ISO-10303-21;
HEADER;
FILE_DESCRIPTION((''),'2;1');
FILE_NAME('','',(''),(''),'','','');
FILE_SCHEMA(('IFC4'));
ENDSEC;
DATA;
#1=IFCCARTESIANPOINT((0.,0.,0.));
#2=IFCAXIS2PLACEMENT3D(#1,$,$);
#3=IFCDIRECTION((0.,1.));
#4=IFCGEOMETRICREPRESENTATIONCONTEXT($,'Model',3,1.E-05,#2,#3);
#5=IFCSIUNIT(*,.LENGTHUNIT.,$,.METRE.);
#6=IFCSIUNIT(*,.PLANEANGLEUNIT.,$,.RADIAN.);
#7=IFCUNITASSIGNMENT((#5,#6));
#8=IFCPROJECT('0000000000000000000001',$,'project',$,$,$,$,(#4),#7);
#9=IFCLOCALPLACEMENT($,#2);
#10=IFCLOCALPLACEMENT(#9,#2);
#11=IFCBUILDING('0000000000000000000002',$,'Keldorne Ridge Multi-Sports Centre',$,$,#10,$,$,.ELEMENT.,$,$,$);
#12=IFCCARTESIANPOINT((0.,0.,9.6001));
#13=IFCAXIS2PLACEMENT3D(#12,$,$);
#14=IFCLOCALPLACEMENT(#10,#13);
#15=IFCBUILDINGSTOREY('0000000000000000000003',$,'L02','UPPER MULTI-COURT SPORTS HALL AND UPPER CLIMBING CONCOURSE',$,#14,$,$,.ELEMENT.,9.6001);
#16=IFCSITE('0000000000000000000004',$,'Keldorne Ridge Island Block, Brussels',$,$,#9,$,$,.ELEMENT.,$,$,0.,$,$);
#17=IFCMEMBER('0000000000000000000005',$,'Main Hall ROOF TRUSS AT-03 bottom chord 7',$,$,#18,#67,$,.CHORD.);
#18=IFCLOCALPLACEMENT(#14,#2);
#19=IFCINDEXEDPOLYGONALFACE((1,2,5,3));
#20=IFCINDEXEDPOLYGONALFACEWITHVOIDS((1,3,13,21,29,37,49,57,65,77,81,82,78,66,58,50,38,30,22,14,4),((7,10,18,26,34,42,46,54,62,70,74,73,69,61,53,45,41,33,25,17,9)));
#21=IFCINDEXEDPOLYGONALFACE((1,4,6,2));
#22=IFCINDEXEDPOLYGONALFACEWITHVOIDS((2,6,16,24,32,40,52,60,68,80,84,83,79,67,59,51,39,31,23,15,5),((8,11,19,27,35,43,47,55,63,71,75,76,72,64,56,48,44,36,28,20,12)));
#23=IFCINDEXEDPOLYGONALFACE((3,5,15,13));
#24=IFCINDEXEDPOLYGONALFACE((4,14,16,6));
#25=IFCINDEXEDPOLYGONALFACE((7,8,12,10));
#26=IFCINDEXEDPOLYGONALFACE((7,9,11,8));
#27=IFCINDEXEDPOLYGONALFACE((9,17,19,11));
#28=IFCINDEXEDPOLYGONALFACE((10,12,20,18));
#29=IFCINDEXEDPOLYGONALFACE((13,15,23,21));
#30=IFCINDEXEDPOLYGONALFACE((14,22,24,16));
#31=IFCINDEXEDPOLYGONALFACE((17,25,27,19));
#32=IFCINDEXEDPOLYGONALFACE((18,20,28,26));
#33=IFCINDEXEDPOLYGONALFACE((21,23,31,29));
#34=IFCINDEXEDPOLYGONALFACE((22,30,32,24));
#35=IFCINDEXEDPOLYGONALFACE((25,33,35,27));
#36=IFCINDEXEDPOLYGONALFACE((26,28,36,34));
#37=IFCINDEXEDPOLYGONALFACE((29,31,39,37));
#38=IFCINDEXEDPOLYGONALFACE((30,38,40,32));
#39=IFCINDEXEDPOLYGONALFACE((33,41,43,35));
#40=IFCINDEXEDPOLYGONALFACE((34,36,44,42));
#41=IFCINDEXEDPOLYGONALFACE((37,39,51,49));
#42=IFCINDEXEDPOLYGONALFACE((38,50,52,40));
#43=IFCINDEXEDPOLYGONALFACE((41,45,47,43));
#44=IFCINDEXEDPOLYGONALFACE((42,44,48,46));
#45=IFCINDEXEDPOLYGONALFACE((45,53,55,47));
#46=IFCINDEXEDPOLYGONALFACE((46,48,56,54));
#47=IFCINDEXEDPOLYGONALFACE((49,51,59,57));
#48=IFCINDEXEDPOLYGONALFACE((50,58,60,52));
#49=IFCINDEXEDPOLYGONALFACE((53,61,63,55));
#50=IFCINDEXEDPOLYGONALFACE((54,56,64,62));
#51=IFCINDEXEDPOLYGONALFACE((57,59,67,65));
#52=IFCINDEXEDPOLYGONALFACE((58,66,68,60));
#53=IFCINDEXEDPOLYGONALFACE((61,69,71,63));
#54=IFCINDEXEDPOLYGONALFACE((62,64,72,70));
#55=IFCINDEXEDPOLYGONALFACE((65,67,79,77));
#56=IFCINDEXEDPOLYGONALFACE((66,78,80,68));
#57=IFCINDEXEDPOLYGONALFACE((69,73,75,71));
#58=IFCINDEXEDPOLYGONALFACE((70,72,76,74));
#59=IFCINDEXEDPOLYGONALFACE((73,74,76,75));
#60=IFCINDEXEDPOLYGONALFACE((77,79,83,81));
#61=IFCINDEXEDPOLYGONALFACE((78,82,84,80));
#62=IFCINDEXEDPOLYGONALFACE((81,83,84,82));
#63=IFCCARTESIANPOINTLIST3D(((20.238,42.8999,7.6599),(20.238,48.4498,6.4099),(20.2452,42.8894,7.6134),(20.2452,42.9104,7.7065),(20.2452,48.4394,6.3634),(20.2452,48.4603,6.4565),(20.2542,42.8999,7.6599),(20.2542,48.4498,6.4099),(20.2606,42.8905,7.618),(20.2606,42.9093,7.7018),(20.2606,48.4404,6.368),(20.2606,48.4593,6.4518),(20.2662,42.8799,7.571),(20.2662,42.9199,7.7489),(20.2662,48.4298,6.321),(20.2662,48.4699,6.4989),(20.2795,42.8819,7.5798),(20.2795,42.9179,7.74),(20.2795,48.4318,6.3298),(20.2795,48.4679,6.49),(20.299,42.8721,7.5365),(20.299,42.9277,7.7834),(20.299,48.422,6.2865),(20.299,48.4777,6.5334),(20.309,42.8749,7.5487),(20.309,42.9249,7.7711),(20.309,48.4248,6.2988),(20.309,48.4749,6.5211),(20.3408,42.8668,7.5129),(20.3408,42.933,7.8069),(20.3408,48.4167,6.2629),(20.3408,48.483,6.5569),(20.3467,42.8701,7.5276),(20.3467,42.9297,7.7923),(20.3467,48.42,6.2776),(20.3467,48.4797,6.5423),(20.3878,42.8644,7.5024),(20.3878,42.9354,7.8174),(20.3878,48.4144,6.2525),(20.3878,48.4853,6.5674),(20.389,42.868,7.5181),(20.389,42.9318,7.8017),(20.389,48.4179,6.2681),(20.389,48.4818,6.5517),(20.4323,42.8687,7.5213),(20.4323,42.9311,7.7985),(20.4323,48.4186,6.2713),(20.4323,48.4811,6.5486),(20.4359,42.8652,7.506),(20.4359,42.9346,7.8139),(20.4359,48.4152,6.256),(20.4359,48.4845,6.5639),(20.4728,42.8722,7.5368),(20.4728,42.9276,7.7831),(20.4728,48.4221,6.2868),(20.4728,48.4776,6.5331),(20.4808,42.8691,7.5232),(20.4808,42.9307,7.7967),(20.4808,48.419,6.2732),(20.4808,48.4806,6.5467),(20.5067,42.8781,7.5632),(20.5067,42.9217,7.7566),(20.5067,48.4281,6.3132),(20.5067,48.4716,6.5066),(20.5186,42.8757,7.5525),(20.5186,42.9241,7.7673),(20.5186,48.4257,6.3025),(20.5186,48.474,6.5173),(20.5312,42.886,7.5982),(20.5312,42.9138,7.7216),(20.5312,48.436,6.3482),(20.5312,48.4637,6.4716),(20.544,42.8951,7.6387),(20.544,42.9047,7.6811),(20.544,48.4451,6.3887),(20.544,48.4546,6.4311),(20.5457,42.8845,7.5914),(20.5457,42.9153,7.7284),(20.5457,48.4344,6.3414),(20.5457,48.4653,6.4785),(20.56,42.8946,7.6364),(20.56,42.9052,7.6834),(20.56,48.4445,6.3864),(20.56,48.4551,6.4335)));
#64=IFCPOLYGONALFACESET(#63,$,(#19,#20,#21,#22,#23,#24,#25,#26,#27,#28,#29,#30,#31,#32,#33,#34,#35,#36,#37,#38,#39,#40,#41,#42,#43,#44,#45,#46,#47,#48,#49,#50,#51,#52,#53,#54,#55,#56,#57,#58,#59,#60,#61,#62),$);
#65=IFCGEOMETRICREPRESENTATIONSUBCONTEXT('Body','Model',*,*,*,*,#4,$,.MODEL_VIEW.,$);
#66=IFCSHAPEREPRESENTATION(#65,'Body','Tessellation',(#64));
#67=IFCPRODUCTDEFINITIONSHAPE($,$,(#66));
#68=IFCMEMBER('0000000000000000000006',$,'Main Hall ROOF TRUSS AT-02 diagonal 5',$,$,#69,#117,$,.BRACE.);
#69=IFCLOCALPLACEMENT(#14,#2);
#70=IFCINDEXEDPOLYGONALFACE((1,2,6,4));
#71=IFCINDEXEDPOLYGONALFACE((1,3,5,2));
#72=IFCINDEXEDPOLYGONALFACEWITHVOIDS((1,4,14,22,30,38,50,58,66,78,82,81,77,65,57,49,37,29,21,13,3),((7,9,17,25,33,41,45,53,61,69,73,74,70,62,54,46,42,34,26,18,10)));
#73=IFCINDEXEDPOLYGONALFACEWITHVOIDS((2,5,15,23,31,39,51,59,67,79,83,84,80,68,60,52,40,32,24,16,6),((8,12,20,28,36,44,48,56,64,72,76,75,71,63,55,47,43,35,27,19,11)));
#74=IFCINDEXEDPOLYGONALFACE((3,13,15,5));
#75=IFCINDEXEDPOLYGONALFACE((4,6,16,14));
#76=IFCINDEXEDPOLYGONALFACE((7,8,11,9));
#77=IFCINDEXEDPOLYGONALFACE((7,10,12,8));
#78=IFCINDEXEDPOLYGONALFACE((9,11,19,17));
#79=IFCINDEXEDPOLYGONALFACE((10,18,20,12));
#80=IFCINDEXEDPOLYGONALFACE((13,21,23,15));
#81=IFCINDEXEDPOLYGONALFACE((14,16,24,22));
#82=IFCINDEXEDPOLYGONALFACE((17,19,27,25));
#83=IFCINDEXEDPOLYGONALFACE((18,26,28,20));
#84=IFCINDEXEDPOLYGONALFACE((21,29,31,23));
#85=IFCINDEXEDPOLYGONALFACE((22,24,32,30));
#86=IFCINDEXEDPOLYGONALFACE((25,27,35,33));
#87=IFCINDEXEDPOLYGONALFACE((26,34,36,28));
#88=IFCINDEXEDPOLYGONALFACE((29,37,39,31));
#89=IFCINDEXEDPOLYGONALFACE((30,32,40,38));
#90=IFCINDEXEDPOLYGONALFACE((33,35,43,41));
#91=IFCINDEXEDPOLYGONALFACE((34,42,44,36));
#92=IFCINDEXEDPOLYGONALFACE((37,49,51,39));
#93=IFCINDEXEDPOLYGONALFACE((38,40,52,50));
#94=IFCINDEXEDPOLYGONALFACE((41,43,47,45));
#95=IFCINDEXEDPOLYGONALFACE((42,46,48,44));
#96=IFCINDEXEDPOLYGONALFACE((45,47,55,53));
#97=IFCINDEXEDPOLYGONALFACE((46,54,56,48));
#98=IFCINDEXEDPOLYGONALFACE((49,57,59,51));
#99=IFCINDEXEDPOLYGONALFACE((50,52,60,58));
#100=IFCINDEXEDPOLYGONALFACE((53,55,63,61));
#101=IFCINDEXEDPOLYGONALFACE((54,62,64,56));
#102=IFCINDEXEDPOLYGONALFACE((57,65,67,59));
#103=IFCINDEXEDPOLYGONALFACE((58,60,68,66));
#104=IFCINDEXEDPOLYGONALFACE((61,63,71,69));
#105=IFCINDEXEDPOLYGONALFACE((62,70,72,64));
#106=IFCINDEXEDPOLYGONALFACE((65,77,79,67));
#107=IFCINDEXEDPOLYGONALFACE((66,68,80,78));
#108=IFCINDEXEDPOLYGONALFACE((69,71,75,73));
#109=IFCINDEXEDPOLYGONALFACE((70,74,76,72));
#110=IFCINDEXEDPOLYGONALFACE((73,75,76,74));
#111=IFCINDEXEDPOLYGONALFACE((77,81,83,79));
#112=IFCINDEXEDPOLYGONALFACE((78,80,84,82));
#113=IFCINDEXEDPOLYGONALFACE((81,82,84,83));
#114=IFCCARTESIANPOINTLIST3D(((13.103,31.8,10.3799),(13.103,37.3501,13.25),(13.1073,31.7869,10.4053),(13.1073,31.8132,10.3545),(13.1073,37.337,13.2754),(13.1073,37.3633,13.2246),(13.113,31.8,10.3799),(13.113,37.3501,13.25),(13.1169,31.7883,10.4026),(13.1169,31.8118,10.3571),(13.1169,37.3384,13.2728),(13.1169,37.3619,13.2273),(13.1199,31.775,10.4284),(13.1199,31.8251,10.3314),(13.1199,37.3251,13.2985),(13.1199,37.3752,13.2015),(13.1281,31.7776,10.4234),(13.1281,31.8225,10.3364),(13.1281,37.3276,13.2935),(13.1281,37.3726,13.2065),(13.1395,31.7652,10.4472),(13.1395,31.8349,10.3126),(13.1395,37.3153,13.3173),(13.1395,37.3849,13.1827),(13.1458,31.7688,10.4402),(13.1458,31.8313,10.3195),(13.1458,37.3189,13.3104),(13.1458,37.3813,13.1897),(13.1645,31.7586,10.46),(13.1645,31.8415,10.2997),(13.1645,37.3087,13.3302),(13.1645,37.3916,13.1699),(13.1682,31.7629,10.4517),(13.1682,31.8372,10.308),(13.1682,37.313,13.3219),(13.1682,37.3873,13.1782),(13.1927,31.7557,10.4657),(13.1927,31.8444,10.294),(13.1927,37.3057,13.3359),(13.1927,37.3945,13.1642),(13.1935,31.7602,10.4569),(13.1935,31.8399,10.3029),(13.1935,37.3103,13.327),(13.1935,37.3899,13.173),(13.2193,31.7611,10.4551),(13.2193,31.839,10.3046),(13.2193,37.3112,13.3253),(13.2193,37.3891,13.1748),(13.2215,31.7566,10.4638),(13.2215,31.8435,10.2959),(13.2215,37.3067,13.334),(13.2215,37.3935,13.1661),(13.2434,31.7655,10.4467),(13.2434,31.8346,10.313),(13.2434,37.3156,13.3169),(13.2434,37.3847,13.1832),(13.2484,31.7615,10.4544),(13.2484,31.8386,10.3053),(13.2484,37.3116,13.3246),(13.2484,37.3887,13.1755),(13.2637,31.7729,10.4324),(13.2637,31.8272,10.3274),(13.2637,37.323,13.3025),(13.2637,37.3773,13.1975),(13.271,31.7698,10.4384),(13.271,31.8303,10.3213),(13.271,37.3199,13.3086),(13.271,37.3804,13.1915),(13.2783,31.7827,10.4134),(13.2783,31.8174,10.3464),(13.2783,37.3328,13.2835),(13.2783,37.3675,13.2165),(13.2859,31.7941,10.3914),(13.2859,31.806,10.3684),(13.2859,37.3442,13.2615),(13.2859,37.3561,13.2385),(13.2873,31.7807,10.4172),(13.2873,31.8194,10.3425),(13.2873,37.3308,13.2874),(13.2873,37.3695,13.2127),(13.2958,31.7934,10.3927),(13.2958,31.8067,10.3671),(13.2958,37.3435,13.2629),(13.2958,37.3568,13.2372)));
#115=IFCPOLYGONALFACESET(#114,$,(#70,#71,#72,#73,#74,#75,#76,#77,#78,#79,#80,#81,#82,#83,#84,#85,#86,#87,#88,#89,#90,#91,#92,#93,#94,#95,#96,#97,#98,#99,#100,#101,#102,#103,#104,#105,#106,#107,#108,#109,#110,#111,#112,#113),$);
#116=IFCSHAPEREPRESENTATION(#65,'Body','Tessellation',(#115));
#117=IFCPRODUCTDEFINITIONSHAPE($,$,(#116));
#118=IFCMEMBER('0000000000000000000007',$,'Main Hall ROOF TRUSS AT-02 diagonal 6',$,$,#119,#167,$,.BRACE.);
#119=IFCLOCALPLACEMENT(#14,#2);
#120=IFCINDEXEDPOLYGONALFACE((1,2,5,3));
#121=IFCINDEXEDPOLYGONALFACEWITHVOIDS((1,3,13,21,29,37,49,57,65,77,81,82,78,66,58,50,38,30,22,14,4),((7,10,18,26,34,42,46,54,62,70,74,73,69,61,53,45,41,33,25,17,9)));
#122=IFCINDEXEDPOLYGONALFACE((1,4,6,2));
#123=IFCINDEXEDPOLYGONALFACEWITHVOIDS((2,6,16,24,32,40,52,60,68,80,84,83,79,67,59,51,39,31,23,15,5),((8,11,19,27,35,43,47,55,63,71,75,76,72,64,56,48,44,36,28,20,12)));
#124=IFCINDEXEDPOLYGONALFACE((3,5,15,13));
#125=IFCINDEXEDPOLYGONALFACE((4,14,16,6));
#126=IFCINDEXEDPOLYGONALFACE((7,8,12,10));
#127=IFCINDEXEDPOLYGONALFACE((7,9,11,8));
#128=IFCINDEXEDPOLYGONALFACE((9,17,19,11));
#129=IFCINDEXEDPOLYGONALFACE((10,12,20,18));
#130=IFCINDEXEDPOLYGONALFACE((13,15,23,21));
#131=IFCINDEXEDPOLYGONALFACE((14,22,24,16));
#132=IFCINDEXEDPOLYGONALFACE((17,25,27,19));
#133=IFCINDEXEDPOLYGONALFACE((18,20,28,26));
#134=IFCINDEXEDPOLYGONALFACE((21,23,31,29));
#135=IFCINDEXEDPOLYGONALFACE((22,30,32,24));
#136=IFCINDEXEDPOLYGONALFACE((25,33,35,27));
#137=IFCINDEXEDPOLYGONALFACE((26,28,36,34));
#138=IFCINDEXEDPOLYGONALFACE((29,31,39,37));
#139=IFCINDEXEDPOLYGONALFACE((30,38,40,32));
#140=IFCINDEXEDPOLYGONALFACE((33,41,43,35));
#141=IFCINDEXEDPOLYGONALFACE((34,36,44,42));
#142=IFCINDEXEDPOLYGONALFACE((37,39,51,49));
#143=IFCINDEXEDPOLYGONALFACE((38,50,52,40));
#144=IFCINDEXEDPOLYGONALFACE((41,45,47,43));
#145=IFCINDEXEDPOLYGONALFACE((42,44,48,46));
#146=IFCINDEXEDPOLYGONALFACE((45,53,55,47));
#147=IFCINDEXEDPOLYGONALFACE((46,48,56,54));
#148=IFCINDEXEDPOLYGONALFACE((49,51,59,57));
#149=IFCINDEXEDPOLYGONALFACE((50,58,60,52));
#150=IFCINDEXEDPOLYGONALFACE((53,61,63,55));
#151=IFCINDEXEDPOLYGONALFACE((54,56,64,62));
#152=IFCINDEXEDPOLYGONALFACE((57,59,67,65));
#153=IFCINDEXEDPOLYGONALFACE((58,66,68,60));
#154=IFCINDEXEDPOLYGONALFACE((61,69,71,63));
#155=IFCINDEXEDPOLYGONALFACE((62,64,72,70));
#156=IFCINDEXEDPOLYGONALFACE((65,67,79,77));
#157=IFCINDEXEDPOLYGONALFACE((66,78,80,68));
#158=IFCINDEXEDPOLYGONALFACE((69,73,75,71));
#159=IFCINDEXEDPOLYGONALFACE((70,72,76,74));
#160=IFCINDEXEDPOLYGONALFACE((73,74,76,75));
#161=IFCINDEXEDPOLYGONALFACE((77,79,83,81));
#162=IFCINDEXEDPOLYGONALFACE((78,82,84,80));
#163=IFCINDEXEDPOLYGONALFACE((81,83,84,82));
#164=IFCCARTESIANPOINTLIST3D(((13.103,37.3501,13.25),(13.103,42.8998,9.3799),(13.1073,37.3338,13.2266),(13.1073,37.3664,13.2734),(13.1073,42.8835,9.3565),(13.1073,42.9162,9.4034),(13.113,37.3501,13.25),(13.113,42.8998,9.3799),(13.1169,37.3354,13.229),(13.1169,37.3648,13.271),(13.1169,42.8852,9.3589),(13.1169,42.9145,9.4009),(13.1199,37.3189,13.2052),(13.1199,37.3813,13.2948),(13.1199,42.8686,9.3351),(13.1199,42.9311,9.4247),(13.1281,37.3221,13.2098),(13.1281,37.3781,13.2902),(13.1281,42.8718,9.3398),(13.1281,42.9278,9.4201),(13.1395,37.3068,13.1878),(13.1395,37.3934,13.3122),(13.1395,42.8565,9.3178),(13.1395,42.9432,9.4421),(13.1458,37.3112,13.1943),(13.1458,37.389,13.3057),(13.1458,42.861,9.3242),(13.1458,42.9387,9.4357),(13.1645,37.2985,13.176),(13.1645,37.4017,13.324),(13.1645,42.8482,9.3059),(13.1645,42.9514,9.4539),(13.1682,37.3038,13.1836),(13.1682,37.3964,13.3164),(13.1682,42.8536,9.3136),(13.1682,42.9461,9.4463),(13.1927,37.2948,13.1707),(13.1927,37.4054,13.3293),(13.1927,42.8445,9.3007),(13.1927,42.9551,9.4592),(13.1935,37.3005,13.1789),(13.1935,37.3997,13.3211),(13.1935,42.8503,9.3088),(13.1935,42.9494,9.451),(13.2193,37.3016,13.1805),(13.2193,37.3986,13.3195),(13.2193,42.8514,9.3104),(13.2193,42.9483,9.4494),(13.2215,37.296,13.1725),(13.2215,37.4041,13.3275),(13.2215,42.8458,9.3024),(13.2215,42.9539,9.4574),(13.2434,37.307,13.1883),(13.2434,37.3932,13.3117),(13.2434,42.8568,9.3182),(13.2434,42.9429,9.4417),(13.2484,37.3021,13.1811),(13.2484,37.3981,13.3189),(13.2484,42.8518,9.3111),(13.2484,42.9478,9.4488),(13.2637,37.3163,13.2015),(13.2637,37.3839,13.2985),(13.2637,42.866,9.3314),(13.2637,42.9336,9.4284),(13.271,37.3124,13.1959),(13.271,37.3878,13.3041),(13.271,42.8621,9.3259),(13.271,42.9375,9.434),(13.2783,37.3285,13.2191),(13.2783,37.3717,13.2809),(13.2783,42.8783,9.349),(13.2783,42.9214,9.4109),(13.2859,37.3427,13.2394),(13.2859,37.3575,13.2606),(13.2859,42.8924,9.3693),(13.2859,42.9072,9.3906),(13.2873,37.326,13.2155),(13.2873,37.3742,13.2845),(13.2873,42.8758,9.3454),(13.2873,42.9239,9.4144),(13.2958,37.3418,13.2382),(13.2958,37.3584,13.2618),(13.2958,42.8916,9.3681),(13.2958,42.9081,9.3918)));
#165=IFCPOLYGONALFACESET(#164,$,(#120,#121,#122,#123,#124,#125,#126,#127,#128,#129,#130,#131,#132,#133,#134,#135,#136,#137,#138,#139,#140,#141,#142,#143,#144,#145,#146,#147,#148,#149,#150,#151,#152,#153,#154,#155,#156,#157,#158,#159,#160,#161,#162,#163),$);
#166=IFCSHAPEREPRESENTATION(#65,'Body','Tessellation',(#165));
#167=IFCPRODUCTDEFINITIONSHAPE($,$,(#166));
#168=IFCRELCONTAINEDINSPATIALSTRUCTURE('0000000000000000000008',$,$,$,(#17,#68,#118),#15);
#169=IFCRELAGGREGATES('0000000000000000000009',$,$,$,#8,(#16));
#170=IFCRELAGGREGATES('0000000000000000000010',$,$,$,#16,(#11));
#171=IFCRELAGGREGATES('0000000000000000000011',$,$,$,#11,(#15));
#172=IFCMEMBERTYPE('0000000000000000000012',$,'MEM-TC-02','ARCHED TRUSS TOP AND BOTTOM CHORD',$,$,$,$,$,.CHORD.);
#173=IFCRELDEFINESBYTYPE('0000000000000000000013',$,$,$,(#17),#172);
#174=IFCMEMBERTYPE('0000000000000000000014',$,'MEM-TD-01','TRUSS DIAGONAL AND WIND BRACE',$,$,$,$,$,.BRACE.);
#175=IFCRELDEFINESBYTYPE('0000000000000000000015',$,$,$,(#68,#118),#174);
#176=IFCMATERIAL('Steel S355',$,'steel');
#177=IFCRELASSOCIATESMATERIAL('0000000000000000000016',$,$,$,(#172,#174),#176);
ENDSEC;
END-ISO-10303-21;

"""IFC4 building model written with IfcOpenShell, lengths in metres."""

from ifc_helpers import new_model, si_unit, direction, frame, origin, origin_2d, place, context, subcontext, project, spatial, hollow_circle, extrude, material, material_profile, profile_set, type_object, element, save


model = new_model("IFC4")

# Units and contexts
model_context = context("Model", 3, precision=1e-05, world=origin(), true_north=direction((0.0, 1.0)))
body_context = subcontext(model_context, "Body", "Model", "MODEL_VIEW")
ifc_project = project(units=[si_unit("LENGTHUNIT", "METRE"), si_unit("PLANEANGLEUNIT", "RADIAN")], contexts=[model_context])

# Site, building, storey
site_placement = place(None, origin())
site = spatial("IfcSite", under=ifc_project, at=site_placement, Name="Keldorne Ridge Island Block, Brussels", CompositionType="ELEMENT", RefElevation=0.0)
building_placement = place(site_placement, origin())
building = spatial("IfcBuilding", under=site, at=building_placement, Name="Keldorne Ridge Multi-Sports Centre", CompositionType="ELEMENT")
storey_placement = place(building_placement, frame((0.0, 0.0, 9.6001)))
storey = spatial("IfcBuildingStorey", under=building, at=storey_placement, Name="L02", Description="UPPER MULTI-COURT SPORTS HALL AND UPPER CLIMBING CONCOURSE", CompositionType="ELEMENT", Elevation=9.6001)

# Members
ifc_material = material(Name="Steel S355", Category="steel")
ifc_material_profile_1 = material_profile(ifc_material, hollow_circle(Radius=0.1619, WallThickness=0.0161, at=origin_2d()), Name="CHS 323.9x16")
ifc_profile_set_1 = profile_set([ifc_material_profile_1], Name="Steel S355")
member_type_1 = type_object("IfcMemberType", Name="MEM-TC-02", Description="ARCHED TRUSS TOP AND BOTTOM CHORD", PredefinedType="CHORD", material=ifc_profile_set_1)
member_1_placement = place(storey_placement, frame((20.3999, 42.8999, 7.6599), z_axis=(0.0, 0.975563, -0.219719), x_axis=(-1.0, 0.0, 0.0)))
element("IfcMember", 1, at=member_1_placement, inside=storey, type_object=member_type_1, Name="Main Hall ROOF TRUSS AT-03 bottom chord 7", PredefinedType="CHORD", context=body_context, shape_type="SweptSolid", body=[
    extrude(hollow_circle(Radius=0.1619, WallThickness=0.0161, at=origin_2d()), origin(), (0.0, 0.0, 1.0), 5.689),
])
ifc_material_profile_2 = material_profile(ifc_material, hollow_circle(Radius=0.0969, WallThickness=0.01, at=origin_2d()), Name="CHS 193.7x10")
ifc_profile_set_2 = profile_set([ifc_material_profile_2], Name="Steel S355")
member_type_2 = type_object("IfcMemberType", Name="MEM-TD-01", Description="TRUSS DIAGONAL AND WIND BRACE", PredefinedType="BRACE", material=ifc_profile_set_2)
member_2_placement = place(storey_placement, frame((13.2, 31.8, 10.3799), z_axis=(0.0, 0.888257, 0.459347), x_axis=(-1.0, 0.0, 0.0)))
element("IfcMember", 2, at=member_2_placement, inside=storey, type_object=member_type_2, Name="Main Hall ROOF TRUSS AT-02 diagonal 5", PredefinedType="BRACE", context=body_context, shape_type="SweptSolid", body=[
    extrude(hollow_circle(Radius=0.0969, WallThickness=0.01, at=origin_2d()), origin(), (0.0, 0.0, 1.0), 6.2483),
])
member_3_placement = place(storey_placement, frame((13.2, 37.3501, 13.25), z_axis=(0.0, 0.820255, -0.571999), x_axis=(-1.0, 0.0, 0.0)))
element("IfcMember", 3, at=member_3_placement, inside=storey, type_object=member_type_2, Name="Main Hall ROOF TRUSS AT-02 diagonal 6", PredefinedType="BRACE", context=body_context, shape_type="SweptSolid", body=[
    extrude(hollow_circle(Radius=0.0969, WallThickness=0.01, at=origin_2d()), origin(), (0.0, 0.0, 1.0), 6.7659),
])

save(model, "model.ifc")
